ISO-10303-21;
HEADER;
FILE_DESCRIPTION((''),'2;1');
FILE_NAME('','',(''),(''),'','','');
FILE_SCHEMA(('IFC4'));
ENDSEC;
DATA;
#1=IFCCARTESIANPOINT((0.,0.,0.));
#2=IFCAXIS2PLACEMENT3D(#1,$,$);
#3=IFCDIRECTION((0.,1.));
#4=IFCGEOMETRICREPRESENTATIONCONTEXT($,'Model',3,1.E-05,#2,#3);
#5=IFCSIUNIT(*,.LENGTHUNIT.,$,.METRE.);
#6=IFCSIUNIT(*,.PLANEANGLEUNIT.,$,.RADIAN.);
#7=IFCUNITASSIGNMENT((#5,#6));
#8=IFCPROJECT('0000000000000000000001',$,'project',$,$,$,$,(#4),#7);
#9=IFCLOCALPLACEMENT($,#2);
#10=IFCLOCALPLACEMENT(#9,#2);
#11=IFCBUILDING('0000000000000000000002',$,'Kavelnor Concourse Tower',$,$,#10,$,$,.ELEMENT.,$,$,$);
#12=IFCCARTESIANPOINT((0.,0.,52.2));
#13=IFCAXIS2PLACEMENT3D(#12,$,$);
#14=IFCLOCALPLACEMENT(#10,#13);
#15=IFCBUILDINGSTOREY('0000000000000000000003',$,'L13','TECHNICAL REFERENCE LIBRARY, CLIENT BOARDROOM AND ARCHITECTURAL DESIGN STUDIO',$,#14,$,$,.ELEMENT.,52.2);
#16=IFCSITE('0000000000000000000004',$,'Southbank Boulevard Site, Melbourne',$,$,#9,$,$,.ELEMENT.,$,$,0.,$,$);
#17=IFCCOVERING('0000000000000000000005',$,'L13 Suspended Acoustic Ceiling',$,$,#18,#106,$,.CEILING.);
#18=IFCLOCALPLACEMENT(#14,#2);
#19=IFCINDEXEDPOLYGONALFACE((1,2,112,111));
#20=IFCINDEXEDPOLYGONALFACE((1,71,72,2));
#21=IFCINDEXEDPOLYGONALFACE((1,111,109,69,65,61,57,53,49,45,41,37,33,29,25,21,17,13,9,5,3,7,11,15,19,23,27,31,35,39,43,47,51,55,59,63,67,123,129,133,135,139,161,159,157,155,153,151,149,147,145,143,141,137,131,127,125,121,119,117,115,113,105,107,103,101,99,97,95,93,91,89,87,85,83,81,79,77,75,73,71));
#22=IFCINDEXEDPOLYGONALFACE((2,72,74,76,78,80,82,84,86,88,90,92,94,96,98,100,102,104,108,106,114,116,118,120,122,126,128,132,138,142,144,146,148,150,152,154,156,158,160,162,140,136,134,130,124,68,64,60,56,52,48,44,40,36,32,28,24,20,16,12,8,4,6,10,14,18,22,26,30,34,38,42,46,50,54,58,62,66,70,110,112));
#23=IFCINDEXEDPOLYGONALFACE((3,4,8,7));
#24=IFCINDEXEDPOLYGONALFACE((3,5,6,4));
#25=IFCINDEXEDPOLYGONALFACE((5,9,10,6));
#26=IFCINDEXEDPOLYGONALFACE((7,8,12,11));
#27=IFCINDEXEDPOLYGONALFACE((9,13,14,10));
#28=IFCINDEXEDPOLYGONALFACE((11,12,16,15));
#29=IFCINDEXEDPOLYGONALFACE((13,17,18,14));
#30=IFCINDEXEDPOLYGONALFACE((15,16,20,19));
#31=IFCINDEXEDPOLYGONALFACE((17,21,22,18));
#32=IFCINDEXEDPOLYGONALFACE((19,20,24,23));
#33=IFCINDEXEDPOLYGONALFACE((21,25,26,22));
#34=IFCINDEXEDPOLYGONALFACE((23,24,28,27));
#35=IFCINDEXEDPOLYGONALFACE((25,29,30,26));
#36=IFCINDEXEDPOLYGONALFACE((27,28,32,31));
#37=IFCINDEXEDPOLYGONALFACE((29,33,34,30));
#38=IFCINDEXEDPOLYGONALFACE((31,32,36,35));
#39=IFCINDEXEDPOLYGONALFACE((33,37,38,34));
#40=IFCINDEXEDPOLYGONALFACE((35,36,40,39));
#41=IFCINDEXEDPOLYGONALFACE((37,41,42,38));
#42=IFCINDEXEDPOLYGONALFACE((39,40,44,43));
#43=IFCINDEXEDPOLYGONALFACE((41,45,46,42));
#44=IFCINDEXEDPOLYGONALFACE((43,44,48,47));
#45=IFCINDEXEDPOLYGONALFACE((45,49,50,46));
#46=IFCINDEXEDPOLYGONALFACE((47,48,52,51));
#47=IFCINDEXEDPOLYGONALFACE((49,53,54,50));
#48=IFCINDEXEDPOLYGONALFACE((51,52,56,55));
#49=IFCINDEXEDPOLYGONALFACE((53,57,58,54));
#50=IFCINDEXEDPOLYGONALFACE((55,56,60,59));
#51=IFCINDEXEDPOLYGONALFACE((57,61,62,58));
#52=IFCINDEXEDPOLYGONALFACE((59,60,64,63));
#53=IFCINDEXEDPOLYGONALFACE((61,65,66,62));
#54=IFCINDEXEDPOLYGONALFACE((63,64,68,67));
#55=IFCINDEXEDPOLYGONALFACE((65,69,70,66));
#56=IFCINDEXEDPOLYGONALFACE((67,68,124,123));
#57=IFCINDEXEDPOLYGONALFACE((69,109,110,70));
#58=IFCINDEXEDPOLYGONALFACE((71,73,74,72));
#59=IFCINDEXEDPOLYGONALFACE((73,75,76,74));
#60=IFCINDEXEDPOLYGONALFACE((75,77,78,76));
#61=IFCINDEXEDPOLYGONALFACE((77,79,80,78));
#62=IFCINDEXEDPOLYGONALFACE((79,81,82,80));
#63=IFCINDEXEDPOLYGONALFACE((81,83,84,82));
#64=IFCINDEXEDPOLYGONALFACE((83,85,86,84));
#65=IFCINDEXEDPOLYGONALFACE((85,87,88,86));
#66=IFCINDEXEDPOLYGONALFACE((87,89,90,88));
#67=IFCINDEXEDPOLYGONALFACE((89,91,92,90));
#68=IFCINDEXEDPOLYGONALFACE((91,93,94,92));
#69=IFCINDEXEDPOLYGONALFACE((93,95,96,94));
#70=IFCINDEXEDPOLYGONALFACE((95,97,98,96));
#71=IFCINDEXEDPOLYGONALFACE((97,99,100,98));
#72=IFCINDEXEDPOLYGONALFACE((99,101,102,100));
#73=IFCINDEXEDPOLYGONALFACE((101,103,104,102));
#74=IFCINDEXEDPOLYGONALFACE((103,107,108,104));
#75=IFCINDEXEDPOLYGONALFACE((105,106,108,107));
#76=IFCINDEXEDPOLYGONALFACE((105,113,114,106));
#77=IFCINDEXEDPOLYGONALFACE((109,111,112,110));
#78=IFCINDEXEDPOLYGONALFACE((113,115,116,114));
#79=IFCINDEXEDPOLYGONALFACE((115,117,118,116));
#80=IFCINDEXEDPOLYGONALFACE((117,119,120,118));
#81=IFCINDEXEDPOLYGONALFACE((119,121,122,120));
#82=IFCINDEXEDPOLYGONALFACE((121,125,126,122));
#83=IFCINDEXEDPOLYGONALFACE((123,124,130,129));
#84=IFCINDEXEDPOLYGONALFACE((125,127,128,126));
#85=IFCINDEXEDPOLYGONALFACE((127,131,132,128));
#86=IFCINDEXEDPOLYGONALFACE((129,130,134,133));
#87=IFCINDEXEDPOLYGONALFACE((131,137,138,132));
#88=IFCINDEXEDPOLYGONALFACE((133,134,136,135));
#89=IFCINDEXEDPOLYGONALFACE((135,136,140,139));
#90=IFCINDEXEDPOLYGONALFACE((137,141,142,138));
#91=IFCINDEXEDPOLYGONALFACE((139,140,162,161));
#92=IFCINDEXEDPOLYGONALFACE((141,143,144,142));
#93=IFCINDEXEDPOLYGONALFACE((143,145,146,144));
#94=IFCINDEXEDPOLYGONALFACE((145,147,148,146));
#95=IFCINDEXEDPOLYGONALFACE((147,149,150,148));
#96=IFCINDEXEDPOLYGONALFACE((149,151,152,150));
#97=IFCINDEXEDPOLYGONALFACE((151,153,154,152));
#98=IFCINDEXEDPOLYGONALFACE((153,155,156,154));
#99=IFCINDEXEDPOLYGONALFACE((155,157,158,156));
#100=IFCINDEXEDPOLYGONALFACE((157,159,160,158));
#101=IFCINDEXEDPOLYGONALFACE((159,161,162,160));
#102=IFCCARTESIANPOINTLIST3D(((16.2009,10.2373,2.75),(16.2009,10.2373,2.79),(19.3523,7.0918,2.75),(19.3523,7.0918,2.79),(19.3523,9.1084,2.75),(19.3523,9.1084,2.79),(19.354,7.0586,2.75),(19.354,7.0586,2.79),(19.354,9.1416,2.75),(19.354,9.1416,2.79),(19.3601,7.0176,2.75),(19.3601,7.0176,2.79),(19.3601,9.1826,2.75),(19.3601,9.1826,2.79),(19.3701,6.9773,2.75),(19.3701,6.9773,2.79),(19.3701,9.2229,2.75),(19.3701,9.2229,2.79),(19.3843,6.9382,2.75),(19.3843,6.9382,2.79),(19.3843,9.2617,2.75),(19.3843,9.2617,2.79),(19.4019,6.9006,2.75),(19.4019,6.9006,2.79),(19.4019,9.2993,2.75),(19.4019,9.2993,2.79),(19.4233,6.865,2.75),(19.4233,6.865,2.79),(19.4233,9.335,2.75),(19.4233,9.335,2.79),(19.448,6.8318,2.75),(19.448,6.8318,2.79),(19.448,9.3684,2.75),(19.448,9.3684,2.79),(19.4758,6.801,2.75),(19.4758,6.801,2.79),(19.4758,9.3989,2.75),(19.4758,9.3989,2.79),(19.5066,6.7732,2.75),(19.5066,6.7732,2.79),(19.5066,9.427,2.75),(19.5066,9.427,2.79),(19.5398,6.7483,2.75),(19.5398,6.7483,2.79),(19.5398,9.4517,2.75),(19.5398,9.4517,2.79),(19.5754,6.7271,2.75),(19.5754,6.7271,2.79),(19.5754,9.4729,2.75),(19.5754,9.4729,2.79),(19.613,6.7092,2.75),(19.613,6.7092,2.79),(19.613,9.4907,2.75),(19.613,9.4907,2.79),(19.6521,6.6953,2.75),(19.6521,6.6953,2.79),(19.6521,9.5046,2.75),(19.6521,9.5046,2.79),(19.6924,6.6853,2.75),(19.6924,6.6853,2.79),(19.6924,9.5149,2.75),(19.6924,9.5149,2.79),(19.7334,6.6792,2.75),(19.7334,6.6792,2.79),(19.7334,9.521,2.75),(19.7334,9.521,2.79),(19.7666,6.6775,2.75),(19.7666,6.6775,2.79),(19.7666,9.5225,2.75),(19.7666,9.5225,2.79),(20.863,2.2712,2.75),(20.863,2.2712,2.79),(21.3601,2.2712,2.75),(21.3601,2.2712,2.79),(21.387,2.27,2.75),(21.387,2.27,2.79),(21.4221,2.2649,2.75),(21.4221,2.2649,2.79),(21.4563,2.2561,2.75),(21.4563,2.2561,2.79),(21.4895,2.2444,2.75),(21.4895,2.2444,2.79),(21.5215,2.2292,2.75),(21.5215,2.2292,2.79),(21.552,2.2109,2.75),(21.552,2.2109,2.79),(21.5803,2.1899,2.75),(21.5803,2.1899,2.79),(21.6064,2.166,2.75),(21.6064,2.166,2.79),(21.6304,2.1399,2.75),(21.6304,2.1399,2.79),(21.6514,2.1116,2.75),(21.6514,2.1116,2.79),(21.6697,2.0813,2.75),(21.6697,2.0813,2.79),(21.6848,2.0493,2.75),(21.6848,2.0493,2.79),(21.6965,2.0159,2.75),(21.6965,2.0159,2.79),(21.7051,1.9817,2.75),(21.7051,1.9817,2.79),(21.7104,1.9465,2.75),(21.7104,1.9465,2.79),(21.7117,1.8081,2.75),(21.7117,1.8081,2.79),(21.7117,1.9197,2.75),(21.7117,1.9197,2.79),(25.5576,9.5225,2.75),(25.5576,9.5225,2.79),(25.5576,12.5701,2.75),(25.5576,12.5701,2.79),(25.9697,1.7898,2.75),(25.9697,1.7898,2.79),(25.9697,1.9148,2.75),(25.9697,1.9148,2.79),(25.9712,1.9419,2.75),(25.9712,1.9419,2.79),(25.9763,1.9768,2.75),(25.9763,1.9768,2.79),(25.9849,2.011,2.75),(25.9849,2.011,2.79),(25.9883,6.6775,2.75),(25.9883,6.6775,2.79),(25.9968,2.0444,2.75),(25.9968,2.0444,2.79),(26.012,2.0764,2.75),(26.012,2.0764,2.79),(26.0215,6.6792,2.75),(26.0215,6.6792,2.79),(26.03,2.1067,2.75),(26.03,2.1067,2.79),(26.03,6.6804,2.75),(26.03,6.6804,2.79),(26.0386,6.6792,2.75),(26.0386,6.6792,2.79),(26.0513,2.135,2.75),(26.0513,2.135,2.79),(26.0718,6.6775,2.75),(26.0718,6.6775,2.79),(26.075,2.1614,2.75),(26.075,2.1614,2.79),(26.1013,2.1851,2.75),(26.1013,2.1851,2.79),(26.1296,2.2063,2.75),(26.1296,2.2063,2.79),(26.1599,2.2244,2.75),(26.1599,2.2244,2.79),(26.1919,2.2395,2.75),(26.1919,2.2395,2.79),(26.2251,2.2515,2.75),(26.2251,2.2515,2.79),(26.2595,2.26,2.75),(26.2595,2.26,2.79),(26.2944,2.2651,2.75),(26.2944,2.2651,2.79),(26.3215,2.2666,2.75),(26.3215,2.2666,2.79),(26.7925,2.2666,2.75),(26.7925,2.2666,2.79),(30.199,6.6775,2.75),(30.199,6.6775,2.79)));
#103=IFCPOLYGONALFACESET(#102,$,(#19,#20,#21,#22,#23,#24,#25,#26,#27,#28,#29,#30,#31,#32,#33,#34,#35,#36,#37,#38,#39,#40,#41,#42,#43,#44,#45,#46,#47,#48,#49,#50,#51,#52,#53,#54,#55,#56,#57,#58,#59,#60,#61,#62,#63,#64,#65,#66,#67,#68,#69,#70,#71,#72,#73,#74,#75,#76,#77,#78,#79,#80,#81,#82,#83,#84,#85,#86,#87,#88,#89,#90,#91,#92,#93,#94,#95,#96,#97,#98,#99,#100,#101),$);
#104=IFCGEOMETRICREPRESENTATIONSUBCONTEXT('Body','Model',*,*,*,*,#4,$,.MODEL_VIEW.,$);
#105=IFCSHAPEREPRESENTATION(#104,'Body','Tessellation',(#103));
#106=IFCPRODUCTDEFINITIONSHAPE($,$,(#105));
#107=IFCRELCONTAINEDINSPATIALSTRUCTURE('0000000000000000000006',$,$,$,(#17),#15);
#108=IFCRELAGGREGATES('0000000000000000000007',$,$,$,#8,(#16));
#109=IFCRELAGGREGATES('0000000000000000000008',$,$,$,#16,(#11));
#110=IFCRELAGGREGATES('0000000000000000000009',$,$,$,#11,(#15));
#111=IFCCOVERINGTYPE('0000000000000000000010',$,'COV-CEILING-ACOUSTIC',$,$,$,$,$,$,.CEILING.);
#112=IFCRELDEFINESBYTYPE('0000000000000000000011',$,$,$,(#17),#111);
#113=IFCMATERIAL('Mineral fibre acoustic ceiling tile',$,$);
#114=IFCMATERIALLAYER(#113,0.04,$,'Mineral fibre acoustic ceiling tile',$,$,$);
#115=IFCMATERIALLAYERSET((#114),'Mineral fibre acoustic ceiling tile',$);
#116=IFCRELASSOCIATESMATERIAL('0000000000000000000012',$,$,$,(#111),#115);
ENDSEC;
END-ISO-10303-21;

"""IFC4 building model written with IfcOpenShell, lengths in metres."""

from ifc_helpers import new_model, si_unit, direction, frame, origin, place, context, subcontext, project, spatial, polyline, outline, extrude, material, layer, layer_set, type_object, element, save


model = new_model("IFC4")

# Units and contexts
model_context = context("Model", 3, precision=1e-05, world=origin(), true_north=direction((0.0, 1.0)))
body_context = subcontext(model_context, "Body", "Model", "MODEL_VIEW")
ifc_project = project(units=[si_unit("LENGTHUNIT", "METRE"), si_unit("PLANEANGLEUNIT", "RADIAN")], contexts=[model_context])

# Site, building, storey
site_placement = place(None, origin())
site = spatial("IfcSite", under=ifc_project, at=site_placement, Name="Southbank Boulevard Site, Melbourne", CompositionType="ELEMENT", RefElevation=0.0)
building_placement = place(site_placement, origin())
building = spatial("IfcBuilding", under=site, at=building_placement, Name="Kavelnor Concourse Tower", CompositionType="ELEMENT")
storey_placement = place(building_placement, frame((0.0, 0.0, 52.2)))
storey = spatial("IfcBuildingStorey", under=building, at=storey_placement, Name="L13", Description="TECHNICAL REFERENCE LIBRARY, CLIENT BOARDROOM AND ARCHITECTURAL DESIGN STUDIO", CompositionType="ELEMENT", Elevation=52.2)

# Covering
ifc_material_1 = material(Name="Mineral fibre acoustic ceiling tile")
ifc_layer_1 = layer(ifc_material_1, 0.04, Name="Mineral fibre acoustic ceiling tile")
ifc_layer_set_1 = layer_set([ifc_layer_1], Name="Mineral fibre acoustic ceiling tile")
covering_type_1 = type_object("IfcCoveringType", Name="COV-CEILING-ACOUSTIC", PredefinedType="CEILING", material=ifc_layer_set_1)
covering_1_placement = place(storey_placement, frame((0.0, 0.0, 2.75)))
element("IfcCovering", 1, at=covering_1_placement, inside=storey, type_object=covering_type_1, Name="L13 Suspended Acoustic Ceiling", PredefinedType="CEILING", context=body_context, shape_type="SweptSolid", body=[
    extrude(outline(polyline([(19.7666, 9.5225), (19.7334, 9.521), (19.6924, 9.5149), (19.6521, 9.5046), (19.613, 9.4907), (19.5754, 9.4729), (19.5398, 9.4517), (19.5066, 9.427), (19.4758, 9.3989), (19.448, 9.3684), (19.4233, 9.335), (19.4019, 9.2993), (19.3843, 9.2617), (19.3701, 9.2229), (19.3601, 9.1826), (19.354, 9.1416), (19.3523, 9.1084), (19.3523, 7.0918), (19.354, 7.0586), (19.3601, 7.0176), (19.3701, 6.9773), (19.3843, 6.9382), (19.4019, 6.9006), (19.4233, 6.865), (19.448, 6.8318), (19.4758, 6.801), (19.5066, 6.7732), (19.5398, 6.7483), (19.5754, 6.7271), (19.613, 6.7092), (19.6521, 6.6953), (19.6924, 6.6853), (19.7334, 6.6792), (19.7666, 6.6775), (25.9883, 6.6775), (26.0215, 6.6792), (26.03, 6.6804), (26.0386, 6.6792), (26.0718, 6.6775), (30.199, 6.6775), (26.7925, 2.2666), (26.3215, 2.2666), (26.2944, 2.2651), (26.2595, 2.26), (26.2251, 2.2515), (26.1919, 2.2395), (26.1599, 2.2244), (26.1296, 2.2063), (26.1013, 2.1851), (26.075, 2.1614), (26.0513, 2.135), (26.03, 2.1067), (26.012, 2.0764), (25.9968, 2.0444), (25.9849, 2.011), (25.9763, 1.9768), (25.9712, 1.9419), (25.9697, 1.9148), (25.9697, 1.7898), (21.7117, 1.8081), (21.7117, 1.9197), (21.7104, 1.9465), (21.7051, 1.9817), (21.6965, 2.0159), (21.6848, 2.0493), (21.6697, 2.0813), (21.6514, 2.1116), (21.6304, 2.1399), (21.6064, 2.166), (21.5803, 2.1899), (21.552, 2.2109), (21.5215, 2.2292), (21.4895, 2.2444), (21.4563, 2.2561), (21.4221, 2.2649), (21.387, 2.27), (21.3601, 2.2712), (20.863, 2.2712), (16.2009, 10.2373), (25.5576, 12.5701), (25.5576, 9.5225), (19.7666, 9.5225)])), origin(), (0.0, 0.0, 1.0), 0.04),
])

save(model, "model.ifc")
